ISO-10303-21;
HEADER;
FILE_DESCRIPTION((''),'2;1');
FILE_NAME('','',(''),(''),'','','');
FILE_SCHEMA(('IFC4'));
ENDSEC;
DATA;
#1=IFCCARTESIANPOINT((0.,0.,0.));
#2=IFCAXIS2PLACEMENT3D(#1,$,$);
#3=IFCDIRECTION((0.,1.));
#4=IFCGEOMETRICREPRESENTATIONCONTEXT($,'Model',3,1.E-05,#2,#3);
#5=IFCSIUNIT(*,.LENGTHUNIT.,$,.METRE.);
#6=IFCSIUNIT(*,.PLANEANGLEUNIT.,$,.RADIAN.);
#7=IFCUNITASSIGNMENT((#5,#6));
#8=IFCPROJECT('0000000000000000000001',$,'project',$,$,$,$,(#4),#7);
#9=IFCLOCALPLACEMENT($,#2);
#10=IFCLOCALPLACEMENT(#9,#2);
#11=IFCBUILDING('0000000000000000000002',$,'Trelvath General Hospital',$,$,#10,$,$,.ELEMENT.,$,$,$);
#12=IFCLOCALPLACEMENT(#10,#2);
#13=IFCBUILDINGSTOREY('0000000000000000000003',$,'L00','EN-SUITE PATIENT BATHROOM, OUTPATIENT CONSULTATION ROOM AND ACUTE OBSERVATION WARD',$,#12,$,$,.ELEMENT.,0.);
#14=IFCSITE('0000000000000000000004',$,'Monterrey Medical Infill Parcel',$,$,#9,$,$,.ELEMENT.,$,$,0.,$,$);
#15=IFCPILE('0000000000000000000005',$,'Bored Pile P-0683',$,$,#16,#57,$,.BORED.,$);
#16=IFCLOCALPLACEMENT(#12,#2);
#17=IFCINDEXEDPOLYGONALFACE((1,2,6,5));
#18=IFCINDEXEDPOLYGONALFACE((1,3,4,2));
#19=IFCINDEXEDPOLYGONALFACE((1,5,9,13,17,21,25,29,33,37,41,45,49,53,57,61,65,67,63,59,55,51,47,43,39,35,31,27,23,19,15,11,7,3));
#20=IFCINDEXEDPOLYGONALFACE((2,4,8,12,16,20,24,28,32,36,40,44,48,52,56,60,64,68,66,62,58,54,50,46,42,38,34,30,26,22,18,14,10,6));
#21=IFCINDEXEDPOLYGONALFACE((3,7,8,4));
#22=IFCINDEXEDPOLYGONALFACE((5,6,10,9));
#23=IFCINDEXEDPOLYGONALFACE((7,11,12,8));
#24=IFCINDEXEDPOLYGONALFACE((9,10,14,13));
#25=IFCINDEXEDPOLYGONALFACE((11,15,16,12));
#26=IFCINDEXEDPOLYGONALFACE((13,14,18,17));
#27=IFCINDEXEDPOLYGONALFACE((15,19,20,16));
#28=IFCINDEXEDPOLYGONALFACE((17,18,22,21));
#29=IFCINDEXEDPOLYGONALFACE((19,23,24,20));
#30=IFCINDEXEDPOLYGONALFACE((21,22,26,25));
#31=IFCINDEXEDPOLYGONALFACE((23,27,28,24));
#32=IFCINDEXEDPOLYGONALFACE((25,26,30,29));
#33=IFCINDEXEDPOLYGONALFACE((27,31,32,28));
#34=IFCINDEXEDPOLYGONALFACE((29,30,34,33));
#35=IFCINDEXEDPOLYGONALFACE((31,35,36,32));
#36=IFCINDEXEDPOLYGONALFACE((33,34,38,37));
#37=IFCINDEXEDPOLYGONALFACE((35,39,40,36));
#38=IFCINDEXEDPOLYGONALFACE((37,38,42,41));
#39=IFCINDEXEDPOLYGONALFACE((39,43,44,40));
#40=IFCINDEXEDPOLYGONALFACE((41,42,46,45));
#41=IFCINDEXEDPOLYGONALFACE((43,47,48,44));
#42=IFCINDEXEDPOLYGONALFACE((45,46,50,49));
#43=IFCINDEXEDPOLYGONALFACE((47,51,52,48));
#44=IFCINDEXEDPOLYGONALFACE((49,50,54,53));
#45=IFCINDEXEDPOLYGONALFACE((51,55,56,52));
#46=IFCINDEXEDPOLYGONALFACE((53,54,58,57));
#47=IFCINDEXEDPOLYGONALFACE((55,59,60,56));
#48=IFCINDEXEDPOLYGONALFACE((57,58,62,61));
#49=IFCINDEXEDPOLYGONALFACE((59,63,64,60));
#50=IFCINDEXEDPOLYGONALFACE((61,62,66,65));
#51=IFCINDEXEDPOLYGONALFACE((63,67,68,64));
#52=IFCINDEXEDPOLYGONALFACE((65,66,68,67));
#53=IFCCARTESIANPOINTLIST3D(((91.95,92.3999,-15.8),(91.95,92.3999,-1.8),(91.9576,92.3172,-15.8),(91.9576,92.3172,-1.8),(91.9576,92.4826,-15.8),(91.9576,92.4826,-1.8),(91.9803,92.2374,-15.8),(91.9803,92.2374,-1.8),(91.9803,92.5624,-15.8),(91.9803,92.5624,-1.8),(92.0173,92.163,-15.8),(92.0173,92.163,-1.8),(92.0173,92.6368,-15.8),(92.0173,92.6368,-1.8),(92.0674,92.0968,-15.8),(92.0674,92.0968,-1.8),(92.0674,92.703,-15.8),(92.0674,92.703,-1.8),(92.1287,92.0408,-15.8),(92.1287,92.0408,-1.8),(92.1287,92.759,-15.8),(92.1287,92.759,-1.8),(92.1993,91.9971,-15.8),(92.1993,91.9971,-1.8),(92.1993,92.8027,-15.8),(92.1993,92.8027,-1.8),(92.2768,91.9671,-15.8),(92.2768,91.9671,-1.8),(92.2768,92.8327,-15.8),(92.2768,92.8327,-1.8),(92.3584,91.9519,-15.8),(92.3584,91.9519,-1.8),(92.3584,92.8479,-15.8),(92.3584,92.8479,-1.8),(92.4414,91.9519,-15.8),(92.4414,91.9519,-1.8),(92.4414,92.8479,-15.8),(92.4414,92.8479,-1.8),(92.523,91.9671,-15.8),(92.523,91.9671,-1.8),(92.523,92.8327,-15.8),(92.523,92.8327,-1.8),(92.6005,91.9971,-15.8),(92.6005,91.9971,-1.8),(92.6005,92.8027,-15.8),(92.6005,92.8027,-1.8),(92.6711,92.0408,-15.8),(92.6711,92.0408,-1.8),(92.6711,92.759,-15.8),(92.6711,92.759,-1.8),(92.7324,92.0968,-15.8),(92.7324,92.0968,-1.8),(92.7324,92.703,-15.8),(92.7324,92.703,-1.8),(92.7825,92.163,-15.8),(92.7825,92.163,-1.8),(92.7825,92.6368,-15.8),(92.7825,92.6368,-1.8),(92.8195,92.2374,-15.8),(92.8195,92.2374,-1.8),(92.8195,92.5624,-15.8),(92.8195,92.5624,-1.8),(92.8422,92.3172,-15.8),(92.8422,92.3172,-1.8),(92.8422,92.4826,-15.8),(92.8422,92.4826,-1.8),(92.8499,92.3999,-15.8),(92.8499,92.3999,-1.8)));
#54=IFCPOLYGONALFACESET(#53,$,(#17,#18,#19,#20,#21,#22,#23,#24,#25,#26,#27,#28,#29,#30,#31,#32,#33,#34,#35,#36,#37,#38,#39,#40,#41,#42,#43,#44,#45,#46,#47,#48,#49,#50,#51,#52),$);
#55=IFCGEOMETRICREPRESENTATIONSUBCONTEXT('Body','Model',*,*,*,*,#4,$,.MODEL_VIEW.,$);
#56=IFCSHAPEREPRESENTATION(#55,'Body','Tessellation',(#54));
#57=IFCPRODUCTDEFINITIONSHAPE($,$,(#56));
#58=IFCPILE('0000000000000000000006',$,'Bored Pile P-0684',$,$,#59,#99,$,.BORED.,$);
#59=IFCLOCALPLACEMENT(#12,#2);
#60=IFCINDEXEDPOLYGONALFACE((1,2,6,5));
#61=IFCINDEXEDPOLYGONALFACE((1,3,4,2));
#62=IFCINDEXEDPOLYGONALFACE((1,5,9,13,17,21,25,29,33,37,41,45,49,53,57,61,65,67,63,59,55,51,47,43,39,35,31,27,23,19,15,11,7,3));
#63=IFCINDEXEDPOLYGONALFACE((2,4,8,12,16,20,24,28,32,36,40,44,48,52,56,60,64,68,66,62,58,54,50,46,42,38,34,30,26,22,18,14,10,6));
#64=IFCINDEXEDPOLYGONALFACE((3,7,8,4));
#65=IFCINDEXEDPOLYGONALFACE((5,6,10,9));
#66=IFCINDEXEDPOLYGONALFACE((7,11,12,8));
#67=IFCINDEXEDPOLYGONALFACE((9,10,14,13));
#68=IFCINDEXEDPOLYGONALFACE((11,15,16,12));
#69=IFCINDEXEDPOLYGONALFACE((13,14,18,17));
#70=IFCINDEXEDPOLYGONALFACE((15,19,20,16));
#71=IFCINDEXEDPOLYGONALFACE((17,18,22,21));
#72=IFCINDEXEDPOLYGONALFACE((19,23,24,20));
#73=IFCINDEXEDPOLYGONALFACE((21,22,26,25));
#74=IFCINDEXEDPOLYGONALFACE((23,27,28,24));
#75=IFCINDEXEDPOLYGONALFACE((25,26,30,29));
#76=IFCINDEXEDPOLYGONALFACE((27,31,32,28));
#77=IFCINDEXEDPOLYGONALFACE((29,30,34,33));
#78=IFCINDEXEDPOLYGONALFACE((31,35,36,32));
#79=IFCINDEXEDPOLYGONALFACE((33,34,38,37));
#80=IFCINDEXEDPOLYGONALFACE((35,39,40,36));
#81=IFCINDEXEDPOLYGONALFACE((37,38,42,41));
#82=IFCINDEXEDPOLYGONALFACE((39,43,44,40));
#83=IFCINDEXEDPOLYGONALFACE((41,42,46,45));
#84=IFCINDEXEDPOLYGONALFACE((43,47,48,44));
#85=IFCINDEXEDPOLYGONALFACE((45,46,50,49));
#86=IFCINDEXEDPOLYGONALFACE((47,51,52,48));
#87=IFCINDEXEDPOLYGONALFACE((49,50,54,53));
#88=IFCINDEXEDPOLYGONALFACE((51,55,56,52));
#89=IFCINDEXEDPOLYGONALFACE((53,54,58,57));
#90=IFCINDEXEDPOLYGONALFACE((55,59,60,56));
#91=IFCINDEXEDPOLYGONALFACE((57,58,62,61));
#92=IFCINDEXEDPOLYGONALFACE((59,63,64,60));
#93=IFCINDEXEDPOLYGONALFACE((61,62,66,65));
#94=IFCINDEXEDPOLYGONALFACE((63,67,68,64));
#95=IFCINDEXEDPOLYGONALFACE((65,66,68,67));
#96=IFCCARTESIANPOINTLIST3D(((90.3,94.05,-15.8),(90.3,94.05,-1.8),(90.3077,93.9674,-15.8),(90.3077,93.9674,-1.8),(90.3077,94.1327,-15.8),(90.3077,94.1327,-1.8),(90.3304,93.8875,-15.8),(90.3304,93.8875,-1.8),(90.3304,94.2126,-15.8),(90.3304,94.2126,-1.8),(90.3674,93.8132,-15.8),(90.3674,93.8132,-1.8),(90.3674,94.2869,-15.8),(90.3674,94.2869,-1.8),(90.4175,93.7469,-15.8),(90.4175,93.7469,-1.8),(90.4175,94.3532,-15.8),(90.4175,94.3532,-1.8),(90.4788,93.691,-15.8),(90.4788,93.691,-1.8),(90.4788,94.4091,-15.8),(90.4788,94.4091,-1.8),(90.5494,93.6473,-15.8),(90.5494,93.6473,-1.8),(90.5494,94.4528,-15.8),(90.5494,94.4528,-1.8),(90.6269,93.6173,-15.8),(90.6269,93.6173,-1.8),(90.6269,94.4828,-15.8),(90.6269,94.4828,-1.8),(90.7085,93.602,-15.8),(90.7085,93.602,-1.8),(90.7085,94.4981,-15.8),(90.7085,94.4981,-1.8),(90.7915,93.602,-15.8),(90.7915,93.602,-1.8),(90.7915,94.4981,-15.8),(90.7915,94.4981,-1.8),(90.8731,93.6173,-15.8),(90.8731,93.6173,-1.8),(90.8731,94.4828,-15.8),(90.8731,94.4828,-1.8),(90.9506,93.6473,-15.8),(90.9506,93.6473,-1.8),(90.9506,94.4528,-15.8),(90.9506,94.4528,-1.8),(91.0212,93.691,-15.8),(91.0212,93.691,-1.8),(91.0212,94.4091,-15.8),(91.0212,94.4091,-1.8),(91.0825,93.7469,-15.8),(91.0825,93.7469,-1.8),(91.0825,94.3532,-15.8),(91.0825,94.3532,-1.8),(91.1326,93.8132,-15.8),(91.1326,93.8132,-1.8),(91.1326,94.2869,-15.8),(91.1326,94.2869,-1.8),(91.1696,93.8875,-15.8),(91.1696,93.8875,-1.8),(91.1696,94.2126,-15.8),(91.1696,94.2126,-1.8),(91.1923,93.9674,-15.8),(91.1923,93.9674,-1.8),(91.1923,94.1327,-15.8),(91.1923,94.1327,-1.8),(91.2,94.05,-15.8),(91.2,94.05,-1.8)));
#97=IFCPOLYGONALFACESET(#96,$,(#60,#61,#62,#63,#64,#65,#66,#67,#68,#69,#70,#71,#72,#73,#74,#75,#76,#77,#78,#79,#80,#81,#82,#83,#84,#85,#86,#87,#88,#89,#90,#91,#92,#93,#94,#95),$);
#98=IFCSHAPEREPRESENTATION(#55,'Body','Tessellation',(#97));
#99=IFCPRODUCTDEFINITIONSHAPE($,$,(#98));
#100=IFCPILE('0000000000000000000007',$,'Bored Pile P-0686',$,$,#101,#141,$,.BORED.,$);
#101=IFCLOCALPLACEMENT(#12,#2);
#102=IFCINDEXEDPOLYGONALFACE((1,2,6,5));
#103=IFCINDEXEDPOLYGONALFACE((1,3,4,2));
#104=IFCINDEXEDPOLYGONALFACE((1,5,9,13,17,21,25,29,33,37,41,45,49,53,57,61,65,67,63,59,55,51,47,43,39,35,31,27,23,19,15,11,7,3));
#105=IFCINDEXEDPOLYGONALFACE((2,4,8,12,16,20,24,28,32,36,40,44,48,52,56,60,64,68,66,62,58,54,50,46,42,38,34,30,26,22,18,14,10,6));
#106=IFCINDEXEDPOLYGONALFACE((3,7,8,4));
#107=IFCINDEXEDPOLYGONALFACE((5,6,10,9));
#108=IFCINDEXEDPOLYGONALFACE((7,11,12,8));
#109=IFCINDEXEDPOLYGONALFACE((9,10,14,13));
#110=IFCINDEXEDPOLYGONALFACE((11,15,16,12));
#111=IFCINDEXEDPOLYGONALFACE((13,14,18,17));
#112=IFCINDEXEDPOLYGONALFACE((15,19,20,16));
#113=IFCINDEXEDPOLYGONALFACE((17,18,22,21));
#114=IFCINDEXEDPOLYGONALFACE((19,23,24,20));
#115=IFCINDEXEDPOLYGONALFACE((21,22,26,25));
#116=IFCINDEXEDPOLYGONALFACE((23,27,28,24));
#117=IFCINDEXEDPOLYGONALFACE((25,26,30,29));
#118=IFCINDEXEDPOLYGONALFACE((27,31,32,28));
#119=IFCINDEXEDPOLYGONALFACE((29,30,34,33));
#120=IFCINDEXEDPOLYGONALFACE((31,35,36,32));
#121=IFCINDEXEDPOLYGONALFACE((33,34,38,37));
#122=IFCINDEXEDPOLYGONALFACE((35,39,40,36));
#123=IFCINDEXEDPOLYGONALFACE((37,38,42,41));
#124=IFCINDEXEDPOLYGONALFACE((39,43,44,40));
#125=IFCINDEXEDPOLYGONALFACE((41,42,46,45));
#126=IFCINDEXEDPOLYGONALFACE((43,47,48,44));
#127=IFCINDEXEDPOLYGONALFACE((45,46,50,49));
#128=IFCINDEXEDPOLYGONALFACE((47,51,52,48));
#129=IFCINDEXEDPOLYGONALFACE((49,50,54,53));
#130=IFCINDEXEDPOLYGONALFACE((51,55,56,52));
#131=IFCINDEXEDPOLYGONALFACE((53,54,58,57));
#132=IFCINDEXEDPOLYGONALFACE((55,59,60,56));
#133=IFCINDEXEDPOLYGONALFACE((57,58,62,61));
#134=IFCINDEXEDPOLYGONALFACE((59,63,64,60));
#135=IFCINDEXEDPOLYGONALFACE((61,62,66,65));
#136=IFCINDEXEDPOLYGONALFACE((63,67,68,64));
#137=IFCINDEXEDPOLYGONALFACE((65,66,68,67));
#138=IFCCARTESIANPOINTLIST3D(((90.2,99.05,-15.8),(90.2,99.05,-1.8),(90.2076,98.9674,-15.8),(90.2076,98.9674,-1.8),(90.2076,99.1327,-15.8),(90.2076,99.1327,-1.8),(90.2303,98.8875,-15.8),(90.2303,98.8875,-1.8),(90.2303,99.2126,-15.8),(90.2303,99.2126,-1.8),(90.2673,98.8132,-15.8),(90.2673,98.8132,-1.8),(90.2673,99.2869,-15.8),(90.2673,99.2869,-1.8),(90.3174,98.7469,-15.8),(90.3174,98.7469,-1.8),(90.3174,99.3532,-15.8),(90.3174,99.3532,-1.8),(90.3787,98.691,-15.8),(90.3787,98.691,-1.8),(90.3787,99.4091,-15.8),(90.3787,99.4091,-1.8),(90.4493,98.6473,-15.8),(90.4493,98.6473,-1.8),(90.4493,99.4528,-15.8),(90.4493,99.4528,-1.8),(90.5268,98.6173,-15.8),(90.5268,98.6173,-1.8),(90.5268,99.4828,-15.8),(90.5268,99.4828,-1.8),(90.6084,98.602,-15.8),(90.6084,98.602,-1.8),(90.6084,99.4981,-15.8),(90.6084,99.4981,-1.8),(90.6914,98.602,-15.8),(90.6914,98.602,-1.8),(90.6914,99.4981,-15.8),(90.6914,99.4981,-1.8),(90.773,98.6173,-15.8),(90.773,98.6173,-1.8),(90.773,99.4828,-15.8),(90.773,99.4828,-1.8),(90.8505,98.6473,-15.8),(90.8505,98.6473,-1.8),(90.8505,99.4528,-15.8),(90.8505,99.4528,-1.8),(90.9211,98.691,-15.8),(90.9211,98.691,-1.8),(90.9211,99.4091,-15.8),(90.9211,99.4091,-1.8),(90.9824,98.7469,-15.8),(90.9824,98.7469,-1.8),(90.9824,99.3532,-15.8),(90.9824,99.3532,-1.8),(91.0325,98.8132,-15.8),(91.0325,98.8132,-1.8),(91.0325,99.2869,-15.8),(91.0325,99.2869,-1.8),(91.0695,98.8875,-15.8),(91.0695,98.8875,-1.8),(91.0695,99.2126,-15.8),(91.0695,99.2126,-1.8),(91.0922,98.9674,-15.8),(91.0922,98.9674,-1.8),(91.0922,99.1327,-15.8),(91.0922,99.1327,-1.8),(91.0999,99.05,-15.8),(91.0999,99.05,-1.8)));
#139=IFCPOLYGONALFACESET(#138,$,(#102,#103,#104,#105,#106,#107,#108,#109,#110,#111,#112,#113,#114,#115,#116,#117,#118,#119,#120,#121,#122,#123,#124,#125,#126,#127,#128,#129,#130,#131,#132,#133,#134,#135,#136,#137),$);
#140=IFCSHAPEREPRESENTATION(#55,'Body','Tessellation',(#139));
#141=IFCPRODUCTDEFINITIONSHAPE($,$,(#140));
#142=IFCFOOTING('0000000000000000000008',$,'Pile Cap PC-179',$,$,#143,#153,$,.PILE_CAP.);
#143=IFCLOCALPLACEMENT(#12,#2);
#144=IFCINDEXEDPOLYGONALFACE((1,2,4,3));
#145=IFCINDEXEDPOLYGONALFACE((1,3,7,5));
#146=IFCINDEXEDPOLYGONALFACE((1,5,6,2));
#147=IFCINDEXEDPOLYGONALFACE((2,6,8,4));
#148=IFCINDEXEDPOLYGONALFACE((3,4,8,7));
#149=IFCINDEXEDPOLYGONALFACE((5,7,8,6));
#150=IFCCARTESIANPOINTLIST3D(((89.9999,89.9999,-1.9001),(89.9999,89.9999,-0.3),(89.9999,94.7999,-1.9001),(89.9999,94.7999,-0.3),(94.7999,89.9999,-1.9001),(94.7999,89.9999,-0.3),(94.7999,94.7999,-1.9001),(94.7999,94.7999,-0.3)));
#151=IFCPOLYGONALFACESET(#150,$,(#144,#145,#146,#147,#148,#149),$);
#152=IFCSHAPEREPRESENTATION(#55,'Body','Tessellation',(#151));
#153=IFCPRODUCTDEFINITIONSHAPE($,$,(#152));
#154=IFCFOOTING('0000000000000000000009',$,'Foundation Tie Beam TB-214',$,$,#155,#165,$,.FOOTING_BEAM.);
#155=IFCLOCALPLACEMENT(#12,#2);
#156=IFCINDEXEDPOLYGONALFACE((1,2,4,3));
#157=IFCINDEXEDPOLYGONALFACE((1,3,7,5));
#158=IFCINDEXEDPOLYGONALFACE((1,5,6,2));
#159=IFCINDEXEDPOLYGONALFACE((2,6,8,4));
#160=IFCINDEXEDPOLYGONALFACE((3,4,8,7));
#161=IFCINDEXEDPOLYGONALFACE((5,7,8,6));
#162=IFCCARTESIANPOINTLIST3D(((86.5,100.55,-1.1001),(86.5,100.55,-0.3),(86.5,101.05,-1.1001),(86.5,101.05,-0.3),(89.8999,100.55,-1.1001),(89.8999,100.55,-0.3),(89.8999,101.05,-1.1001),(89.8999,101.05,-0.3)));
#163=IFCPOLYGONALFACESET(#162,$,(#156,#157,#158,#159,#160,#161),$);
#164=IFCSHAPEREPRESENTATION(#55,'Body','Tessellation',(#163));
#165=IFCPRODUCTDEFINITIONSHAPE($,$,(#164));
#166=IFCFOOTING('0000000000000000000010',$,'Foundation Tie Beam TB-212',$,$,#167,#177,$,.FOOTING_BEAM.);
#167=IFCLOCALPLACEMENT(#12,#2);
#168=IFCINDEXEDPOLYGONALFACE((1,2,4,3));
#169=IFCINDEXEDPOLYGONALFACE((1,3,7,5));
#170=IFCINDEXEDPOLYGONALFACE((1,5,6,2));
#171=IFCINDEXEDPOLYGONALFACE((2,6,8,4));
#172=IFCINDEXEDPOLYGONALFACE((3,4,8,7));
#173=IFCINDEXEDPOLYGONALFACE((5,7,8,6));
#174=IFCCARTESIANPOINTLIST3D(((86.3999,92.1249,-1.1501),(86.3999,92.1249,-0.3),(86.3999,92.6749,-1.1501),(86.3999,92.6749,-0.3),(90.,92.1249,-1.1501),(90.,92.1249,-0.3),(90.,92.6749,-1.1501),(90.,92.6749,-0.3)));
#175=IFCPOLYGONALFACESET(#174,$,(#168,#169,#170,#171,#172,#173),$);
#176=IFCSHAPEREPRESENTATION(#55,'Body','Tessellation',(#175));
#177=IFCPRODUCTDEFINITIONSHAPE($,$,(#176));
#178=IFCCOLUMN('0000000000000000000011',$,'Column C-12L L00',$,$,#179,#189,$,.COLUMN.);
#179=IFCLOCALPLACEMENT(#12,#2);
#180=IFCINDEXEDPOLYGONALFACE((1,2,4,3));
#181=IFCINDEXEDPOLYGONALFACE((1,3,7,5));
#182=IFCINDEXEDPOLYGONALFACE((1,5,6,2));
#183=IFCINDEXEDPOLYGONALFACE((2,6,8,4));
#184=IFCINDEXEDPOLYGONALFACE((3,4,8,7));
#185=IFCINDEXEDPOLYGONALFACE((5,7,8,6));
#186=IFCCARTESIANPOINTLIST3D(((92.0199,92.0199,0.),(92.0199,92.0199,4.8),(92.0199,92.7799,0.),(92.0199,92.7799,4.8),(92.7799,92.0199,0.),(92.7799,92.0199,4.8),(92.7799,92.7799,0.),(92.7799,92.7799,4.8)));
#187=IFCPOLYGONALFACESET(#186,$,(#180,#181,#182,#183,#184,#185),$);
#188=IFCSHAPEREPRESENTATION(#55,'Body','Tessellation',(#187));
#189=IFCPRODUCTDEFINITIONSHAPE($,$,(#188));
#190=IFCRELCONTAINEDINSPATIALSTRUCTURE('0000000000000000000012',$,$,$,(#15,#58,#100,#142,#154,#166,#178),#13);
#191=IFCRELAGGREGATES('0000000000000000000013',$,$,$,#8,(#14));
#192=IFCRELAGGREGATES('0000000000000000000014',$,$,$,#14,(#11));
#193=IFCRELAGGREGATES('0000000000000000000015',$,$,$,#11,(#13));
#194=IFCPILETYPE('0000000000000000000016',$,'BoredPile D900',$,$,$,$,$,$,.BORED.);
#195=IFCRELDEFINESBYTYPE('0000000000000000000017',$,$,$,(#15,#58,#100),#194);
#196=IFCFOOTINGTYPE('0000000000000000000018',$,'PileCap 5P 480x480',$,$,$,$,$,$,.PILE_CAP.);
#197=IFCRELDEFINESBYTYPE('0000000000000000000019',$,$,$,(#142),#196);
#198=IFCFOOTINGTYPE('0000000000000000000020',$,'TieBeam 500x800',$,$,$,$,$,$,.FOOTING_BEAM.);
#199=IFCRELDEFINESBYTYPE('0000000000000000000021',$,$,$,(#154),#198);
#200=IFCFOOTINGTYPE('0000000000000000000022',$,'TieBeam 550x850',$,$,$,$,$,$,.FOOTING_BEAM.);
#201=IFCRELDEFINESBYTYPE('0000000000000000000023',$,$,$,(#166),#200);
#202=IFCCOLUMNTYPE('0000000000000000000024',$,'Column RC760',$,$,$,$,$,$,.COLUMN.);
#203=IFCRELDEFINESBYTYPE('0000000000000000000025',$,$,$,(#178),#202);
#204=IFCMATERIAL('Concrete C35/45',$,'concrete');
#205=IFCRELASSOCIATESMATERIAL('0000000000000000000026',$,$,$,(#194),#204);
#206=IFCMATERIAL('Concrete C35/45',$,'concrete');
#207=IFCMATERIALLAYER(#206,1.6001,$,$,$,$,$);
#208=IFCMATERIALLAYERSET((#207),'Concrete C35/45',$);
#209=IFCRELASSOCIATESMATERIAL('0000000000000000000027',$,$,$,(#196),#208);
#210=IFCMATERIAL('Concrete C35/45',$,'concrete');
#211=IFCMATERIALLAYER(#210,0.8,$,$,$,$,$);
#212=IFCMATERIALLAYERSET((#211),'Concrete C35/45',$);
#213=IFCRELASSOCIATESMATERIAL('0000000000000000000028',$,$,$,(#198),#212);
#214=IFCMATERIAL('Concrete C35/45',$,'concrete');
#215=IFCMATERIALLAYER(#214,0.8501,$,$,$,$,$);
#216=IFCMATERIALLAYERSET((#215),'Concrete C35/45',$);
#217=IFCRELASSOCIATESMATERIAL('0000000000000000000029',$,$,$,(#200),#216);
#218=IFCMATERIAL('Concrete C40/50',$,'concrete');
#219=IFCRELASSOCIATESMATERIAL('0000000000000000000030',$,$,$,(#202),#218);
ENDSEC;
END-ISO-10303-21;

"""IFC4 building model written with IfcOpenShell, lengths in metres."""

from ifc_helpers import new_model, si_unit, direction, frame, origin, origin_2d, place, context, subcontext, project, spatial, rectangle, circle, extrude, material, layer, layer_set, material_profile, profile_set, type_object, element, save


model = new_model("IFC4")

# Units and contexts
model_context = context("Model", 3, precision=1e-05, world=origin(), true_north=direction((0.0, 1.0)))
body_context = subcontext(model_context, "Body", "Model", "MODEL_VIEW")
ifc_project = project(units=[si_unit("LENGTHUNIT", "METRE"), si_unit("PLANEANGLEUNIT", "RADIAN")], contexts=[model_context])

# Site, building, storey
site_placement = place(None, origin())
site = spatial("IfcSite", under=ifc_project, at=site_placement, Name="Monterrey Medical Infill Parcel", CompositionType="ELEMENT", RefElevation=0.0)
building_placement = place(site_placement, origin())
building = spatial("IfcBuilding", under=site, at=building_placement, Name="Trelvath General Hospital", CompositionType="ELEMENT")
storey_placement = place(building_placement, origin())
storey = spatial("IfcBuildingStorey", under=building, at=storey_placement, Name="L00", Description="EN-SUITE PATIENT BATHROOM, OUTPATIENT CONSULTATION ROOM AND ACUTE OBSERVATION WARD", CompositionType="ELEMENT", Elevation=0.0)

# Piles
ifc_material_1 = material(Name="Concrete C35/45", Category="concrete")
ifc_material_profile_1 = material_profile(ifc_material_1, circle(Radius=0.45, at=origin_2d()), Name="PILE900")
ifc_profile_set_1 = profile_set([ifc_material_profile_1], Name="Concrete C35/45")
pile_type = type_object("IfcPileType", Name="BoredPile D900", PredefinedType="BORED", material=ifc_profile_set_1)
for number, where, z_axis, x_axis, name in (
    (1, (92.3999, 92.3999, -1.8), (0.0, 0.0, -1.0), (1.0, 0.0, 0.0), "Bored Pile P-0683"),
    (2, (90.75, 94.05, -1.8), (0.0, 0.0, -1.0), (1.0, 0.0, 0.0), "Bored Pile P-0684"),
    (3, (90.6499, 99.05, -1.8), (0.0, 0.0, -1.0), (1.0, 0.0, 0.0), "Bored Pile P-0686"),
):
    element("IfcPile", number, at=place(storey_placement, frame(where, z_axis=z_axis, x_axis=x_axis)), inside=storey, type_object=pile_type, Name=name, PredefinedType="BORED", context=body_context, shape_type="SweptSolid", body=[
        extrude(circle(Radius=0.45, at=origin_2d()), origin(), (0.0, 0.0, 1.0), 14.0),
    ])

# Footings
ifc_material_2 = material(Name="Concrete C35/45", Category="concrete")
ifc_layer_1 = layer(ifc_material_2, 1.6001)
ifc_layer_set_1 = layer_set([ifc_layer_1], Name="Concrete C35/45")
footing_type_1 = type_object("IfcFootingType", Name="PileCap 5P 480x480", PredefinedType="PILE_CAP", material=ifc_layer_set_1)
footing_1_placement = place(storey_placement, frame((92.3999, 92.3999, -1.9001), z_axis=(0.0, 0.0, 1.0), x_axis=(1.0, 0.0, 0.0)))
element("IfcFooting", 4, at=footing_1_placement, inside=storey, type_object=footing_type_1, Name="Pile Cap PC-179", PredefinedType="PILE_CAP", context=body_context, shape_type="SweptSolid", body=[
    extrude(rectangle(XDim=4.8, YDim=4.8, at=origin_2d()), origin(), (0.0, 0.0, 1.0), 1.6001),
])
ifc_material_3 = material(Name="Concrete C35/45", Category="concrete")
ifc_layer_2 = layer(ifc_material_3, 0.8)
ifc_layer_set_2 = layer_set([ifc_layer_2], Name="Concrete C35/45")
footing_type_2 = type_object("IfcFootingType", Name="TieBeam 500x800", PredefinedType="FOOTING_BEAM", material=ifc_layer_set_2)
footing_2_placement = place(storey_placement, frame((88.2, 100.8, -1.1001), z_axis=(0.0, 0.0, 1.0), x_axis=(1.0, 0.0, 0.0)))
element("IfcFooting", 5, at=footing_2_placement, inside=storey, type_object=footing_type_2, Name="Foundation Tie Beam TB-214", PredefinedType="FOOTING_BEAM", context=body_context, shape_type="SweptSolid", body=[
    extrude(rectangle(XDim=3.3999, YDim=0.5, at=origin_2d()), origin(), (0.0, 0.0, 1.0), 0.8),
])
ifc_material_4 = material(Name="Concrete C35/45", Category="concrete")
ifc_layer_3 = layer(ifc_material_4, 0.8501)
ifc_layer_set_3 = layer_set([ifc_layer_3], Name="Concrete C35/45")
footing_type_3 = type_object("IfcFootingType", Name="TieBeam 550x850", PredefinedType="FOOTING_BEAM", material=ifc_layer_set_3)
footing_3_placement = place(storey_placement, frame((88.2, 92.3999, -1.1501), z_axis=(0.0, 0.0, 1.0), x_axis=(1.0, 0.0, 0.0)))
element("IfcFooting", 6, at=footing_3_placement, inside=storey, type_object=footing_type_3, Name="Foundation Tie Beam TB-212", PredefinedType="FOOTING_BEAM", context=body_context, shape_type="SweptSolid", body=[
    extrude(rectangle(XDim=3.6001, YDim=0.55, at=origin_2d()), origin(), (0.0, 0.0, 1.0), 0.8501),
])

# Column
ifc_material_5 = material(Name="Concrete C40/50", Category="concrete")
ifc_material_profile_2 = material_profile(ifc_material_5, rectangle(XDim=0.76, YDim=0.76, at=origin_2d()), Name="RC760x760")
ifc_profile_set_2 = profile_set([ifc_material_profile_2], Name="Concrete C40/50")
column_type = type_object("IfcColumnType", Name="Column RC760", PredefinedType="COLUMN", material=ifc_profile_set_2)
column_placement = place(storey_placement, frame((92.3999, 92.3999, 0.0), z_axis=(0.0, 0.0, 1.0), x_axis=(1.0, 0.0, 0.0)))
element("IfcColumn", 7, at=column_placement, inside=storey, type_object=column_type, Name="Column C-12L L00", PredefinedType="COLUMN", context=body_context, shape_type="SweptSolid", body=[
    extrude(rectangle(XDim=0.76, YDim=0.76, at=origin_2d()), origin(), (0.0, 0.0, 1.0), 4.8),
])

save(model, "model.ifc")
